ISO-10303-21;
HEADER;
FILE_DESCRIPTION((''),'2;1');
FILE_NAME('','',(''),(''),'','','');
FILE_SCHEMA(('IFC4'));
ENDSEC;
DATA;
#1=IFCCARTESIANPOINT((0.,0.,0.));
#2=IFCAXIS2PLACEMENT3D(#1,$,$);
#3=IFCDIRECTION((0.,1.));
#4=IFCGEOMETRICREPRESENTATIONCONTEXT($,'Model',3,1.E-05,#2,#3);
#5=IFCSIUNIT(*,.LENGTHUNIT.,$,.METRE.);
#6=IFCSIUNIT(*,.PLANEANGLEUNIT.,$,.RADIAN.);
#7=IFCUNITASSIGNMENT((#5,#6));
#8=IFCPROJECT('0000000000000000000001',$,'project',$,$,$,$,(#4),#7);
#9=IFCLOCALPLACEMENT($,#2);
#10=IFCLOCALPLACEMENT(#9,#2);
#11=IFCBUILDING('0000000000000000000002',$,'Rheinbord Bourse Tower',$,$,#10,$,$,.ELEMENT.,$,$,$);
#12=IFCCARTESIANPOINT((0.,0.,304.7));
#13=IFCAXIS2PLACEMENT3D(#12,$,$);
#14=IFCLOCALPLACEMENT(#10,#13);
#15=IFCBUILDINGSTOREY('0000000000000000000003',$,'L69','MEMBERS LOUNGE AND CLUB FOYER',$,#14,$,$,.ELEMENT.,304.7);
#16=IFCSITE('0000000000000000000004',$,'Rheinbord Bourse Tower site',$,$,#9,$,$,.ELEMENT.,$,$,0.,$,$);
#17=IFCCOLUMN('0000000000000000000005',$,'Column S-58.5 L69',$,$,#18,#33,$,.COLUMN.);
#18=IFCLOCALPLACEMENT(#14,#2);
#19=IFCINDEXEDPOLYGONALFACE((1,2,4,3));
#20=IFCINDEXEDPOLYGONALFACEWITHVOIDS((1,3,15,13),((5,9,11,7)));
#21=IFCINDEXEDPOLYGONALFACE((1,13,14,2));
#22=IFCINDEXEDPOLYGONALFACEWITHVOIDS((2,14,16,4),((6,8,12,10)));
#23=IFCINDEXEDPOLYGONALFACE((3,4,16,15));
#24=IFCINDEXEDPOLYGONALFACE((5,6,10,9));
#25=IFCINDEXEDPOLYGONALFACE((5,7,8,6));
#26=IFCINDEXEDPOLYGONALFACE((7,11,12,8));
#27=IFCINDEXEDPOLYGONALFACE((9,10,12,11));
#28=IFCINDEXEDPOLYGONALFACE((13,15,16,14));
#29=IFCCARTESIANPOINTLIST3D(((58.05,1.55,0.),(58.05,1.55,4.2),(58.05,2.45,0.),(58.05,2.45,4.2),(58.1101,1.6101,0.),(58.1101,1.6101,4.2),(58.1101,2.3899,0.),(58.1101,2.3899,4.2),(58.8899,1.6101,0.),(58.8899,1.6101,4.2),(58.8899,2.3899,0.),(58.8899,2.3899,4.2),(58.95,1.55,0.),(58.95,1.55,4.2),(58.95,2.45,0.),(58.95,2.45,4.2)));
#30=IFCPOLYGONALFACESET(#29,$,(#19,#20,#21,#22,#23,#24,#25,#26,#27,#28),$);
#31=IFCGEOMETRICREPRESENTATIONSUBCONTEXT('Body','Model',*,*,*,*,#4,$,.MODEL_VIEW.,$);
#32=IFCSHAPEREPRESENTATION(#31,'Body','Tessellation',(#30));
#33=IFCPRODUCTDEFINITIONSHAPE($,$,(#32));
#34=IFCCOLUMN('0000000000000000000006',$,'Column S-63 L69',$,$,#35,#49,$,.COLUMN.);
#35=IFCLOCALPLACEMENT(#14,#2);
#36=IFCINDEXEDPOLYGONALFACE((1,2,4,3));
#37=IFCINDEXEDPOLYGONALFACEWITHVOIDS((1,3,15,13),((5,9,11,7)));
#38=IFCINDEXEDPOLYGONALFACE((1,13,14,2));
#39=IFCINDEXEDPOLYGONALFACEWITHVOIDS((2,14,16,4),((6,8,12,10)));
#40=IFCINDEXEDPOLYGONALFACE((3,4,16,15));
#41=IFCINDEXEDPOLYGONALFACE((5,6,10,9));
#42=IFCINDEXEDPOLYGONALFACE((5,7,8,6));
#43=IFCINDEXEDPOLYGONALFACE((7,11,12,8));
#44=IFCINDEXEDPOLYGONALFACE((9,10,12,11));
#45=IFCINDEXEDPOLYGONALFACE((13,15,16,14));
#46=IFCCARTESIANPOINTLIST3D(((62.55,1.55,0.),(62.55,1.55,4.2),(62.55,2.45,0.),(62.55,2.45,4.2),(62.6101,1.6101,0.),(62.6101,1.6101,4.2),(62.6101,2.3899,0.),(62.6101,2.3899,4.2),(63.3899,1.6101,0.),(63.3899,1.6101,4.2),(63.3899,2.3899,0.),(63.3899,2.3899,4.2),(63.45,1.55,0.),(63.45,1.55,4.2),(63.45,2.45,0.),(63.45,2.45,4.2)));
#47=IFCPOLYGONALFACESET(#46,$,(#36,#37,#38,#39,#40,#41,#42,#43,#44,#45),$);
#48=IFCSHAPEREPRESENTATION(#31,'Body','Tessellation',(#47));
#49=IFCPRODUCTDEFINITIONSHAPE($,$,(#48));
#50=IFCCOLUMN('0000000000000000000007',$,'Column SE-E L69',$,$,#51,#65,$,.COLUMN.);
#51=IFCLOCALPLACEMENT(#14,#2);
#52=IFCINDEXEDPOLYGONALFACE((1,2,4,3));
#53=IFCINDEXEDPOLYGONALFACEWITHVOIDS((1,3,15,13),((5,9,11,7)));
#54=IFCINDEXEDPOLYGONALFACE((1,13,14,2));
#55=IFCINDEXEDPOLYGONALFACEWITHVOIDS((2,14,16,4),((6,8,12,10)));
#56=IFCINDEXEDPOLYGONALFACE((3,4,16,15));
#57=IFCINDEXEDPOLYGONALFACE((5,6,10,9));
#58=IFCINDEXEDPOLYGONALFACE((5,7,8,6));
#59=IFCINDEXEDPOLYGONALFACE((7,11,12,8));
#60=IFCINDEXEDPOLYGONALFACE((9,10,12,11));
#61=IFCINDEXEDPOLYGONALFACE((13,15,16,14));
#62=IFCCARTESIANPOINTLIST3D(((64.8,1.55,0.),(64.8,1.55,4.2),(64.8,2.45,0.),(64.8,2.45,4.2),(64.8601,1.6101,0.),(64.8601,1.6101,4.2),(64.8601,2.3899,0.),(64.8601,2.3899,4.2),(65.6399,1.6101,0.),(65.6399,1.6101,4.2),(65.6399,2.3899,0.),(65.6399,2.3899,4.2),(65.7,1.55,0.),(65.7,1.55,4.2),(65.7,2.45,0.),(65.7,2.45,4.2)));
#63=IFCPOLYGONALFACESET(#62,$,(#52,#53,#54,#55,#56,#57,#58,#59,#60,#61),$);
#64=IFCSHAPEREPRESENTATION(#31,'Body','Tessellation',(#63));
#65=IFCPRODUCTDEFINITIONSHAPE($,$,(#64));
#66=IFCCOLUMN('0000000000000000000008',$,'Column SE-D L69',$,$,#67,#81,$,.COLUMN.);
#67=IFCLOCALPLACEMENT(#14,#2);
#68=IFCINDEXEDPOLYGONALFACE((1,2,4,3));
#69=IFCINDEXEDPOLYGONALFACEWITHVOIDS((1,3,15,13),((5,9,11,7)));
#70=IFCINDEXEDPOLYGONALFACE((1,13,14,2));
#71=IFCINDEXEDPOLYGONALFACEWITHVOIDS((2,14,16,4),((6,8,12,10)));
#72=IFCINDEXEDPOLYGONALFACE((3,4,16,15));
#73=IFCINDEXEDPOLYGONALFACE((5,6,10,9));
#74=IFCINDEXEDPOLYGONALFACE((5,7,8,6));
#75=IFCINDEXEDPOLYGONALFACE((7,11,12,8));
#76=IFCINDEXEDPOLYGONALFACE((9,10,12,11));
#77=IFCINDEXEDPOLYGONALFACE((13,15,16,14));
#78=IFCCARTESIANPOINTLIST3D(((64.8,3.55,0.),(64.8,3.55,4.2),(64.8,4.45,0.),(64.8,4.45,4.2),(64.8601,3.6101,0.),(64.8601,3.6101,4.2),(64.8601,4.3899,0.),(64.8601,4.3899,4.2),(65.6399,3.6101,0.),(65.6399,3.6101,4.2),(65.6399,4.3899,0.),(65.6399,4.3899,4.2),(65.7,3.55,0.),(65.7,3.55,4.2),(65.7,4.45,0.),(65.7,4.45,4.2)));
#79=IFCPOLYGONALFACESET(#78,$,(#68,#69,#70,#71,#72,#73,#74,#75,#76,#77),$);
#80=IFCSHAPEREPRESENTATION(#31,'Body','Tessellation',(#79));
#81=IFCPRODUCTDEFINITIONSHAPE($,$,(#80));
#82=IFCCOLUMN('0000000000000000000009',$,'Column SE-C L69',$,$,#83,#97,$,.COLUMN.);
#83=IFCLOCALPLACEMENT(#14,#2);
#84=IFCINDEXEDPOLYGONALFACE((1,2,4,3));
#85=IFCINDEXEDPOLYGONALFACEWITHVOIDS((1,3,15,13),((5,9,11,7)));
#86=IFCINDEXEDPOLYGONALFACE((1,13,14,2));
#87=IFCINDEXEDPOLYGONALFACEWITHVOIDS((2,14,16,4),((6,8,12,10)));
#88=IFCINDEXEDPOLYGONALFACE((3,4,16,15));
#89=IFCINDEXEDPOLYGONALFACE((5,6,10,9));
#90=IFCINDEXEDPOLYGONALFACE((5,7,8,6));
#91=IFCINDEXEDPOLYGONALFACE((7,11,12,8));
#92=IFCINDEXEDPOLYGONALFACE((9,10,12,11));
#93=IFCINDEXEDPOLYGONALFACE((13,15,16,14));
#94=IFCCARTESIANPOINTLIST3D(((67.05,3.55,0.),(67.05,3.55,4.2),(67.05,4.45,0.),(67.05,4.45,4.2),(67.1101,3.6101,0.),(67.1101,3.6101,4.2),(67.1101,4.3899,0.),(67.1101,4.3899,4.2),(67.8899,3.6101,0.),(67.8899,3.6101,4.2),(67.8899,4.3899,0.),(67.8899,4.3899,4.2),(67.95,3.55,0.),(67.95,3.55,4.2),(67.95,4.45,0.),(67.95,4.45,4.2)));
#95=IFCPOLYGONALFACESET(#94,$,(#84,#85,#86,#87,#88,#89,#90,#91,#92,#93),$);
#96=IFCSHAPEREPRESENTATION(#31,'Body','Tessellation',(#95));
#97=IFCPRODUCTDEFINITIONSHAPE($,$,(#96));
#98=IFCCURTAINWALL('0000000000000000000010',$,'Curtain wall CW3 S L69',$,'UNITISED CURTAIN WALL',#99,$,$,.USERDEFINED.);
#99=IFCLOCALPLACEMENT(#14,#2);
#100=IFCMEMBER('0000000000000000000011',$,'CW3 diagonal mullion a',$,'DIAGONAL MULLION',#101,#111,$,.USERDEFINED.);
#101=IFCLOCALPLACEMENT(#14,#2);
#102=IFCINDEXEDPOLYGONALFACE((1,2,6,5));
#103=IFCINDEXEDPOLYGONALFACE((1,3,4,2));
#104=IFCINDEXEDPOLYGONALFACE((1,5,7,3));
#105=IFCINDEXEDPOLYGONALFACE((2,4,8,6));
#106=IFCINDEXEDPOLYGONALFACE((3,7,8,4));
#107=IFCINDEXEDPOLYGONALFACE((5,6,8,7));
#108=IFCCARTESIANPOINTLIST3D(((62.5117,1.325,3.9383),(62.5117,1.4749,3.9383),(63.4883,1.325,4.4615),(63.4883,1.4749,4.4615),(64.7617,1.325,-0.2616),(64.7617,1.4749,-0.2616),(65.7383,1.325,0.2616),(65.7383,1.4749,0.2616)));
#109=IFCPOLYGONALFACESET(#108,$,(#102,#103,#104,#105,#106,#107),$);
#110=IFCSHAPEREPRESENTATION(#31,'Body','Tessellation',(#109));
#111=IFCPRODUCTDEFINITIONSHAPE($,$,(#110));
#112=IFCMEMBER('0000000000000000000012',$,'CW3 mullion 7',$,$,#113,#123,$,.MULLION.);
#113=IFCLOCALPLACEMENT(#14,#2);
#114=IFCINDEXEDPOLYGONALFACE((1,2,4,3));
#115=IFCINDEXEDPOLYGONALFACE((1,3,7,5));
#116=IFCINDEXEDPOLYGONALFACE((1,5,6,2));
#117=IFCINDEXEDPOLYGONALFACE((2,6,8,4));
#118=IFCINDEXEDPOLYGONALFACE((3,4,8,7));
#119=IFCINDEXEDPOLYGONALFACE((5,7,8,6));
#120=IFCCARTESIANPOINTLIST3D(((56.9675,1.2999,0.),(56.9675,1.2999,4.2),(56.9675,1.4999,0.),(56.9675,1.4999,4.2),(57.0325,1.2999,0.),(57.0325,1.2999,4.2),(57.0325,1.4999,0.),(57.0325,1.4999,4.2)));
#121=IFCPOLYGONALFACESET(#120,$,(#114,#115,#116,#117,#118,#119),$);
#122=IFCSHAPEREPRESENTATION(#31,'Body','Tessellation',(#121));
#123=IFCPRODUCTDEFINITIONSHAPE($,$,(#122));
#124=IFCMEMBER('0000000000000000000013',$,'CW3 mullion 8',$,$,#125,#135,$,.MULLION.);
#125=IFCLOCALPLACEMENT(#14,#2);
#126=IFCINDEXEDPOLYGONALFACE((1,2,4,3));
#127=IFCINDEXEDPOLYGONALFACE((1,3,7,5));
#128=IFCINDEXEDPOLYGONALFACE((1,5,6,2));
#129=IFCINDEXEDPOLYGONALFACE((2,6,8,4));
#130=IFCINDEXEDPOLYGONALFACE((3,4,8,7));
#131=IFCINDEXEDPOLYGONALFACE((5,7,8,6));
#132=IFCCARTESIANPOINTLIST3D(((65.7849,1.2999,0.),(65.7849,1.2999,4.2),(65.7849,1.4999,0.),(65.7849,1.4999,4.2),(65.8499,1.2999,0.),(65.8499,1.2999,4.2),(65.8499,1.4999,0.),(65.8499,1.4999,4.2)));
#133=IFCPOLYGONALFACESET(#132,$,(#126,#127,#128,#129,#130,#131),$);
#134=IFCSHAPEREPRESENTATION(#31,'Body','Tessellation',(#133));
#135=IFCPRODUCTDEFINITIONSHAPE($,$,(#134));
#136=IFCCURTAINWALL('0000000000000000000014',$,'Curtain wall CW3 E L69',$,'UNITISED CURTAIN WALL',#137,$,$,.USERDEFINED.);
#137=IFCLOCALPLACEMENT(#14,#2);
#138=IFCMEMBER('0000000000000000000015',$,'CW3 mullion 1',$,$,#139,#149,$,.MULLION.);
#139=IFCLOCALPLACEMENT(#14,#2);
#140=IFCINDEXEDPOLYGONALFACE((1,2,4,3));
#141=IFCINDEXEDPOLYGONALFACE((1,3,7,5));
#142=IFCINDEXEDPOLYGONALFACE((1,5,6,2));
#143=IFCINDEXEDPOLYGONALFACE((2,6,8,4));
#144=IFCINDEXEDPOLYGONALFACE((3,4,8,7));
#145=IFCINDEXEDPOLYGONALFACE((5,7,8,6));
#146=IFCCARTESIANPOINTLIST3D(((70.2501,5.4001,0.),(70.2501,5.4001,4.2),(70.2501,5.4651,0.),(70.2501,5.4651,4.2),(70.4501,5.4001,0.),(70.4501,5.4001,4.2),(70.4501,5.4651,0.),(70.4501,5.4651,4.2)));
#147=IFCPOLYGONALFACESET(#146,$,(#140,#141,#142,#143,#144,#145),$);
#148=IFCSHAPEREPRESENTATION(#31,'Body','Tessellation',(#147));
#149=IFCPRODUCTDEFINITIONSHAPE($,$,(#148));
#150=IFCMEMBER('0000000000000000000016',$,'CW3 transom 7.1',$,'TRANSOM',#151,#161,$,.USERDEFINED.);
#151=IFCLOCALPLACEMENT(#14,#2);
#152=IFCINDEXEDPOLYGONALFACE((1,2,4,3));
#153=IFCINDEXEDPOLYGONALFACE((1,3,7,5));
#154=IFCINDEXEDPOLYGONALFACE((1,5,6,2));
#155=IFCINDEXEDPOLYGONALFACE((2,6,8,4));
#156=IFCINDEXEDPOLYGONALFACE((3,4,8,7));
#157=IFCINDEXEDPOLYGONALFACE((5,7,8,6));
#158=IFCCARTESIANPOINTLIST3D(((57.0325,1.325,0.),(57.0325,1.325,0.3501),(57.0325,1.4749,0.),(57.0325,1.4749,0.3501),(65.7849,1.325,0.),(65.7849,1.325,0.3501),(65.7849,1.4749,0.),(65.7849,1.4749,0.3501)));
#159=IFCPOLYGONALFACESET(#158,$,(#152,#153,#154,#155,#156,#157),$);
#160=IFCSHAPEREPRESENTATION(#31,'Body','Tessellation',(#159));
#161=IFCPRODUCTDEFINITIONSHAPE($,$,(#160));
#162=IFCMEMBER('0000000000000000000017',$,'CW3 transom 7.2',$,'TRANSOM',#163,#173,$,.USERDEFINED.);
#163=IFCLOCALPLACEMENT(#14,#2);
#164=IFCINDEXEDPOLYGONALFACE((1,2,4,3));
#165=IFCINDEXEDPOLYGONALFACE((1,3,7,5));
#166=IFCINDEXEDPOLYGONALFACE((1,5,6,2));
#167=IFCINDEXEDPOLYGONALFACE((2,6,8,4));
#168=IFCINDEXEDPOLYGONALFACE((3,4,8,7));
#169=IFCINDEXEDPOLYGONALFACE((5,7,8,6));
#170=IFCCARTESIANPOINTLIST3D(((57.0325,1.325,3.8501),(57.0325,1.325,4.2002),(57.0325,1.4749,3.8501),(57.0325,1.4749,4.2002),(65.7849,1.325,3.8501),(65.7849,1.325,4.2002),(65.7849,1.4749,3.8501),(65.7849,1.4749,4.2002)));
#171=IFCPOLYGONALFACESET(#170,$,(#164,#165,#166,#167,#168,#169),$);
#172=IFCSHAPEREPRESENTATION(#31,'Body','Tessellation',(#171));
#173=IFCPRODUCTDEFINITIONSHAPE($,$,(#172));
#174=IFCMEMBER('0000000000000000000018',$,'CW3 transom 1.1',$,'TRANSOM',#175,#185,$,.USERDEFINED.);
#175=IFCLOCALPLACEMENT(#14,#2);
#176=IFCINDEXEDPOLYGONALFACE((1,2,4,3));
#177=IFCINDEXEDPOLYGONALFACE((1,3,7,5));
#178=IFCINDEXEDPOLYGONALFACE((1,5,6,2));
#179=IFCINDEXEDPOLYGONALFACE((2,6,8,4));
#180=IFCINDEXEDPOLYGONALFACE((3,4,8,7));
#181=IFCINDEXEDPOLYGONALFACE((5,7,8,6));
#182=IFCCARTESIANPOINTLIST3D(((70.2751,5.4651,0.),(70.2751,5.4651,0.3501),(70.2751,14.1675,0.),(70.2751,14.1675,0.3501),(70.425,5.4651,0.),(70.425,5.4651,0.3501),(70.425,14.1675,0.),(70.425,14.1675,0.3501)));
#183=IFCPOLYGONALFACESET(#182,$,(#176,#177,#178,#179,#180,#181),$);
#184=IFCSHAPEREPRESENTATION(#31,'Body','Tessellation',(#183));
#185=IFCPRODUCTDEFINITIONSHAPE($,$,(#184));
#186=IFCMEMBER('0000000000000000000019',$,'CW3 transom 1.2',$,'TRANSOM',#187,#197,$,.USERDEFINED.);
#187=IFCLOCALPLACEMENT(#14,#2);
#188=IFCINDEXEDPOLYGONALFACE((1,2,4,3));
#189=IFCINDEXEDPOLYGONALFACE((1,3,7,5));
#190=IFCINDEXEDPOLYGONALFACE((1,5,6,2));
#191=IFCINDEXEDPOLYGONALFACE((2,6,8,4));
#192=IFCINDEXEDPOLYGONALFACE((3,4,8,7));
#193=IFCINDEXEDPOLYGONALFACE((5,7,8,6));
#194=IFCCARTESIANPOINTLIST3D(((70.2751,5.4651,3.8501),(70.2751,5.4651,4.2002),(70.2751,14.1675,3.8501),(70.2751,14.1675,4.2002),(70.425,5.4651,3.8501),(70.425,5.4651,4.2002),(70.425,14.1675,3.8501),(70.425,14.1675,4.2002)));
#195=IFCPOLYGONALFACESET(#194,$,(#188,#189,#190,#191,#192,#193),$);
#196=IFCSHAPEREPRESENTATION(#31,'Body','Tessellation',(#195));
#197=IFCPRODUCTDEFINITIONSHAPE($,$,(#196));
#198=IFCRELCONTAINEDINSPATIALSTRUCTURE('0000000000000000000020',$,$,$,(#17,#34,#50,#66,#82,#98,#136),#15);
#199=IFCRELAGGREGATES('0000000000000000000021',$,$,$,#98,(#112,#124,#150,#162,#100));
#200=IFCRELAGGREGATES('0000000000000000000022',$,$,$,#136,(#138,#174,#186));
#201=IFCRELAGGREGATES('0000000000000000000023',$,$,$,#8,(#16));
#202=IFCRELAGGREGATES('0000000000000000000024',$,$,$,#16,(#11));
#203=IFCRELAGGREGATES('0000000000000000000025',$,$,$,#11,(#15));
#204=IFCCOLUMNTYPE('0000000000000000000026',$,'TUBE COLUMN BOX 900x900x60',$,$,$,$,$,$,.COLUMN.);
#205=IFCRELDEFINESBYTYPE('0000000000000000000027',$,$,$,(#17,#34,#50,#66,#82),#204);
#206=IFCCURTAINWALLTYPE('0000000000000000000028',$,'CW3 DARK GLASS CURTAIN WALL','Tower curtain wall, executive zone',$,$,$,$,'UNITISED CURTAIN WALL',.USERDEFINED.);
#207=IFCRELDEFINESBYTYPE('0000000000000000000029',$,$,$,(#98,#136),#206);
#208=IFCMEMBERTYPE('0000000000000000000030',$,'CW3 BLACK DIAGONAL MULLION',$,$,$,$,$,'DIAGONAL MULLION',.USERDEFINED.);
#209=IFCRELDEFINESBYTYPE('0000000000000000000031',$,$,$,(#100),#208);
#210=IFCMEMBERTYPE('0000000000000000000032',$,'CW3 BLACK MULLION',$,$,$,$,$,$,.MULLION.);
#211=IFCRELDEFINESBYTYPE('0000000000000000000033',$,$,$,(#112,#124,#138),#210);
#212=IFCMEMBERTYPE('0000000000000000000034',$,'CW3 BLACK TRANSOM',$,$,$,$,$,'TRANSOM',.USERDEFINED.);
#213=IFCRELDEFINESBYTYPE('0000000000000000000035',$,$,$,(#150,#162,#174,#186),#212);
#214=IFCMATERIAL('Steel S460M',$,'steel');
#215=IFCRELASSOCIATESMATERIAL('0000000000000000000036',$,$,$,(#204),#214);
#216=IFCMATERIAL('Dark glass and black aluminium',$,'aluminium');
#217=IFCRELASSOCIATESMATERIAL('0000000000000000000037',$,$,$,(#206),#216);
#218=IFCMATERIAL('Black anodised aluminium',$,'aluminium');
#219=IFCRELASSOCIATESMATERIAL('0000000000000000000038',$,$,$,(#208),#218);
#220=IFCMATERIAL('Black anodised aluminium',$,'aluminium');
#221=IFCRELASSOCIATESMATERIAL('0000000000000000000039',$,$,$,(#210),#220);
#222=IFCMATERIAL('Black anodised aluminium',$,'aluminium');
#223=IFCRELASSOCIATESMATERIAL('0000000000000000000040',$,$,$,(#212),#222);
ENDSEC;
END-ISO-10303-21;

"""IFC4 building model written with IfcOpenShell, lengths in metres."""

from ifc_helpers import new_model, si_unit, direction, frame, origin, origin_2d, place, context, subcontext, project, spatial, rectangle, hollow_rectangle, extrude, material, material_profile, profile_set, type_object, element, aggregate, save


model = new_model("IFC4")

# Units and contexts
model_context = context("Model", 3, precision=1e-05, world=origin(), true_north=direction((0.0, 1.0)))
body_context = subcontext(model_context, "Body", "Model", "MODEL_VIEW")
ifc_project = project(units=[si_unit("LENGTHUNIT", "METRE"), si_unit("PLANEANGLEUNIT", "RADIAN")], contexts=[model_context])

# Site, building, storey
site_placement = place(None, origin())
site = spatial("IfcSite", under=ifc_project, at=site_placement, Name="Rheinbord Bourse Tower site", CompositionType="ELEMENT", RefElevation=0.0)
building_placement = place(site_placement, origin())
building = spatial("IfcBuilding", under=site, at=building_placement, Name="Rheinbord Bourse Tower", CompositionType="ELEMENT")
storey_placement = place(building_placement, frame((0.0, 0.0, 304.7)))
storey = spatial("IfcBuildingStorey", under=building, at=storey_placement, Name="L69", Description="MEMBERS LOUNGE AND CLUB FOYER", CompositionType="ELEMENT", Elevation=304.7)

# Columns
ifc_material_1 = material(Name="Steel S460M", Category="steel")
ifc_material_profile_1 = material_profile(ifc_material_1, hollow_rectangle(XDim=0.8999, YDim=0.8999, WallThickness=0.0601, at=origin_2d()), Name="BOX 900x900x60")
ifc_profile_set_1 = profile_set([ifc_material_profile_1], Name="Steel S460M")
column_type = type_object("IfcColumnType", Name="TUBE COLUMN BOX 900x900x60", PredefinedType="COLUMN", material=ifc_profile_set_1)
for number, where, z_axis, x_axis, name in (
    (1, (58.5, 2.0, 0.0), (0.0, 0.0, 1.0), (0.0, 1.0, 0.0), "Column S-58.5 L69"),
    (2, (63.0, 2.0, 0.0), (0.0, 0.0, 1.0), (0.0, 1.0, 0.0), "Column S-63 L69"),
    (3, (65.25, 2.0, 0.0), (0.0, 0.0, 1.0), (0.0, 1.0, 0.0), "Column SE-E L69"),
    (4, (65.25, 4.0, 0.0), (0.0, 0.0, 1.0), (0.0, 1.0, 0.0), "Column SE-D L69"),
    (5, (67.5, 4.0, 0.0), (0.0, 0.0, 1.0), (1.0, 0.0, 0.0), "Column SE-C L69"),
):
    element("IfcColumn", number, at=place(storey_placement, frame(where, z_axis=z_axis, x_axis=x_axis)), inside=storey, type_object=column_type, Name=name, PredefinedType="COLUMN", context=body_context, shape_type="SweptSolid", body=[
        extrude(hollow_rectangle(XDim=0.8999, YDim=0.8999, WallThickness=0.0601, at=origin_2d()), origin(), (0.0, 0.0, 1.0), 4.2),
    ])

# Curtain wall, members
ifc_material_2 = material(Name="Dark glass and black aluminium", Category="aluminium")
curtain_wall_type = type_object("IfcCurtainWallType", Name="CW3 DARK GLASS CURTAIN WALL", Description="Tower curtain wall, executive zone", ElementType="UNITISED CURTAIN WALL", PredefinedType="USERDEFINED", material=ifc_material_2)
curtain_wall_1_placement = place(storey_placement, origin())
curtain_wall_1 = element("IfcCurtainWall", 6, at=curtain_wall_1_placement, inside=storey, type_object=curtain_wall_type, Name="Curtain wall CW3 S L69", ObjectType="UNITISED CURTAIN WALL", PredefinedType="USERDEFINED")
ifc_material_3 = material(Name="Black anodised aluminium", Category="aluminium")
ifc_material_profile_2 = material_profile(ifc_material_3, rectangle(XDim=0.1499, YDim=1.1079, at=origin_2d()), Name="CW3 DIAGONAL MULLION 1108x150")
ifc_profile_set_2 = profile_set([ifc_material_profile_2], Name="Black anodised aluminium")
member_type_1 = type_object("IfcMemberType", Name="CW3 BLACK DIAGONAL MULLION", ElementType="DIAGONAL MULLION", PredefinedType="USERDEFINED", material=ifc_profile_set_2)
member_1_placement = place(storey_placement, frame((65.25, 1.3999, 0.0), z_axis=(-0.472226, 0.0, 0.881478), x_axis=(0.0, -1.0, 0.0)))
member_1 = element("IfcMember", 7, at=member_1_placement, type_object=member_type_1, Name="CW3 diagonal mullion a", ObjectType="DIAGONAL MULLION", PredefinedType="USERDEFINED", context=body_context, shape_type="SweptSolid", body=[
    extrude(rectangle(XDim=0.1499, YDim=1.1079, at=origin_2d()), origin(), (0.0, 0.0, 1.0), 4.7646),
])
ifc_material_4 = material(Name="Black anodised aluminium", Category="aluminium")
ifc_material_profile_3 = material_profile(ifc_material_4, rectangle(XDim=0.2, YDim=0.0649, at=origin_2d()), Name="CW3 MULLION 65x200")
ifc_profile_set_3 = profile_set([ifc_material_profile_3], Name="Black anodised aluminium")
member_type_2 = type_object("IfcMemberType", Name="CW3 BLACK MULLION", PredefinedType="MULLION", material=ifc_profile_set_3)
member_2_placement = place(storey_placement, frame((57.0, 1.3999, 0.0), z_axis=(0.0, 0.0, 1.0), x_axis=(0.0, 1.0, 0.0)))
member_2 = element("IfcMember", 8, at=member_2_placement, type_object=member_type_2, Name="CW3 mullion 7", PredefinedType="MULLION", context=body_context, shape_type="SweptSolid", body=[
    extrude(rectangle(XDim=0.2, YDim=0.0649, at=origin_2d()), origin(), (0.0, 0.0, 1.0), 4.2),
])
member_3_placement = place(storey_placement, frame((65.8174, 1.3999, 0.0), z_axis=(0.0, 0.0, 1.0), x_axis=(0.0, 1.0, 0.0)))
member_3 = element("IfcMember", 9, at=member_3_placement, type_object=member_type_2, Name="CW3 mullion 8", PredefinedType="MULLION", context=body_context, shape_type="SweptSolid", body=[
    extrude(rectangle(XDim=0.2, YDim=0.0649, at=origin_2d()), origin(), (0.0, 0.0, 1.0), 4.2),
])

# Curtain wall, member
curtain_wall_2_placement = place(storey_placement, origin())
curtain_wall_2 = element("IfcCurtainWall", 10, at=curtain_wall_2_placement, inside=storey, type_object=curtain_wall_type, Name="Curtain wall CW3 E L69", ObjectType="UNITISED CURTAIN WALL", PredefinedType="USERDEFINED")
member_4_placement = place(storey_placement, frame((70.3501, 5.4326, 0.0), z_axis=(0.0, 0.0, 1.0), x_axis=(-1.0, 0.0, 0.0)))
member_4 = element("IfcMember", 11, at=member_4_placement, type_object=member_type_2, Name="CW3 mullion 1", PredefinedType="MULLION", context=body_context, shape_type="SweptSolid", body=[
    extrude(rectangle(XDim=0.2, YDim=0.0649, at=origin_2d()), origin(), (0.0, 0.0, 1.0), 4.2),
])

# Members
ifc_material_5 = material(Name="Black anodised aluminium", Category="aluminium")
ifc_material_profile_4 = material_profile(ifc_material_5, rectangle(XDim=0.1499, YDim=0.3501, at=origin_2d()), Name="CW3 TRANSOM 350x150")
ifc_profile_set_4 = profile_set([ifc_material_profile_4], Name="Black anodised aluminium")
member_type_3 = type_object("IfcMemberType", Name="CW3 BLACK TRANSOM", ElementType="TRANSOM", PredefinedType="USERDEFINED", material=ifc_profile_set_4)
member_5_placement = place(storey_placement, frame((57.0325, 1.3999, 0.175), z_axis=(1.0, 0.0, 0.0), x_axis=(0.0, 1.0, 0.0)))
member_5 = element("IfcMember", 12, at=member_5_placement, type_object=member_type_3, Name="CW3 transom 7.1", ObjectType="TRANSOM", PredefinedType="USERDEFINED", context=body_context, shape_type="SweptSolid", body=[
    extrude(rectangle(XDim=0.1499, YDim=0.3501, at=origin_2d()), origin(), (0.0, 0.0, 1.0), 8.7524),
])
member_6_placement = place(storey_placement, frame((57.0325, 1.3999, 4.0251), z_axis=(1.0, 0.0, 0.0), x_axis=(0.0, 1.0, 0.0)))
member_6 = element("IfcMember", 13, at=member_6_placement, type_object=member_type_3, Name="CW3 transom 7.2", ObjectType="TRANSOM", PredefinedType="USERDEFINED", context=body_context, shape_type="SweptSolid", body=[
    extrude(rectangle(XDim=0.1499, YDim=0.3501, at=origin_2d()), origin(), (0.0, 0.0, 1.0), 8.7524),
])
member_7_placement = place(storey_placement, frame((70.3501, 5.4651, 0.175), z_axis=(0.0, 1.0, 0.0), x_axis=(-1.0, 0.0, 0.0)))
member_7 = element("IfcMember", 14, at=member_7_placement, type_object=member_type_3, Name="CW3 transom 1.1", ObjectType="TRANSOM", PredefinedType="USERDEFINED", context=body_context, shape_type="SweptSolid", body=[
    extrude(rectangle(XDim=0.1499, YDim=0.3501, at=origin_2d()), origin(), (0.0, 0.0, 1.0), 8.7024),
])
member_8_placement = place(storey_placement, frame((70.3501, 5.4651, 4.0251), z_axis=(0.0, 1.0, 0.0), x_axis=(-1.0, 0.0, 0.0)))
member_8 = element("IfcMember", 15, at=member_8_placement, type_object=member_type_3, Name="CW3 transom 1.2", ObjectType="TRANSOM", PredefinedType="USERDEFINED", context=body_context, shape_type="SweptSolid", body=[
    extrude(rectangle(XDim=0.1499, YDim=0.3501, at=origin_2d()), origin(), (0.0, 0.0, 1.0), 8.7024),
])

aggregate(curtain_wall_1, [member_2, member_3, member_5, member_6, member_1])
aggregate(curtain_wall_2, [member_4, member_7, member_8])

save(model, "model.ifc")
